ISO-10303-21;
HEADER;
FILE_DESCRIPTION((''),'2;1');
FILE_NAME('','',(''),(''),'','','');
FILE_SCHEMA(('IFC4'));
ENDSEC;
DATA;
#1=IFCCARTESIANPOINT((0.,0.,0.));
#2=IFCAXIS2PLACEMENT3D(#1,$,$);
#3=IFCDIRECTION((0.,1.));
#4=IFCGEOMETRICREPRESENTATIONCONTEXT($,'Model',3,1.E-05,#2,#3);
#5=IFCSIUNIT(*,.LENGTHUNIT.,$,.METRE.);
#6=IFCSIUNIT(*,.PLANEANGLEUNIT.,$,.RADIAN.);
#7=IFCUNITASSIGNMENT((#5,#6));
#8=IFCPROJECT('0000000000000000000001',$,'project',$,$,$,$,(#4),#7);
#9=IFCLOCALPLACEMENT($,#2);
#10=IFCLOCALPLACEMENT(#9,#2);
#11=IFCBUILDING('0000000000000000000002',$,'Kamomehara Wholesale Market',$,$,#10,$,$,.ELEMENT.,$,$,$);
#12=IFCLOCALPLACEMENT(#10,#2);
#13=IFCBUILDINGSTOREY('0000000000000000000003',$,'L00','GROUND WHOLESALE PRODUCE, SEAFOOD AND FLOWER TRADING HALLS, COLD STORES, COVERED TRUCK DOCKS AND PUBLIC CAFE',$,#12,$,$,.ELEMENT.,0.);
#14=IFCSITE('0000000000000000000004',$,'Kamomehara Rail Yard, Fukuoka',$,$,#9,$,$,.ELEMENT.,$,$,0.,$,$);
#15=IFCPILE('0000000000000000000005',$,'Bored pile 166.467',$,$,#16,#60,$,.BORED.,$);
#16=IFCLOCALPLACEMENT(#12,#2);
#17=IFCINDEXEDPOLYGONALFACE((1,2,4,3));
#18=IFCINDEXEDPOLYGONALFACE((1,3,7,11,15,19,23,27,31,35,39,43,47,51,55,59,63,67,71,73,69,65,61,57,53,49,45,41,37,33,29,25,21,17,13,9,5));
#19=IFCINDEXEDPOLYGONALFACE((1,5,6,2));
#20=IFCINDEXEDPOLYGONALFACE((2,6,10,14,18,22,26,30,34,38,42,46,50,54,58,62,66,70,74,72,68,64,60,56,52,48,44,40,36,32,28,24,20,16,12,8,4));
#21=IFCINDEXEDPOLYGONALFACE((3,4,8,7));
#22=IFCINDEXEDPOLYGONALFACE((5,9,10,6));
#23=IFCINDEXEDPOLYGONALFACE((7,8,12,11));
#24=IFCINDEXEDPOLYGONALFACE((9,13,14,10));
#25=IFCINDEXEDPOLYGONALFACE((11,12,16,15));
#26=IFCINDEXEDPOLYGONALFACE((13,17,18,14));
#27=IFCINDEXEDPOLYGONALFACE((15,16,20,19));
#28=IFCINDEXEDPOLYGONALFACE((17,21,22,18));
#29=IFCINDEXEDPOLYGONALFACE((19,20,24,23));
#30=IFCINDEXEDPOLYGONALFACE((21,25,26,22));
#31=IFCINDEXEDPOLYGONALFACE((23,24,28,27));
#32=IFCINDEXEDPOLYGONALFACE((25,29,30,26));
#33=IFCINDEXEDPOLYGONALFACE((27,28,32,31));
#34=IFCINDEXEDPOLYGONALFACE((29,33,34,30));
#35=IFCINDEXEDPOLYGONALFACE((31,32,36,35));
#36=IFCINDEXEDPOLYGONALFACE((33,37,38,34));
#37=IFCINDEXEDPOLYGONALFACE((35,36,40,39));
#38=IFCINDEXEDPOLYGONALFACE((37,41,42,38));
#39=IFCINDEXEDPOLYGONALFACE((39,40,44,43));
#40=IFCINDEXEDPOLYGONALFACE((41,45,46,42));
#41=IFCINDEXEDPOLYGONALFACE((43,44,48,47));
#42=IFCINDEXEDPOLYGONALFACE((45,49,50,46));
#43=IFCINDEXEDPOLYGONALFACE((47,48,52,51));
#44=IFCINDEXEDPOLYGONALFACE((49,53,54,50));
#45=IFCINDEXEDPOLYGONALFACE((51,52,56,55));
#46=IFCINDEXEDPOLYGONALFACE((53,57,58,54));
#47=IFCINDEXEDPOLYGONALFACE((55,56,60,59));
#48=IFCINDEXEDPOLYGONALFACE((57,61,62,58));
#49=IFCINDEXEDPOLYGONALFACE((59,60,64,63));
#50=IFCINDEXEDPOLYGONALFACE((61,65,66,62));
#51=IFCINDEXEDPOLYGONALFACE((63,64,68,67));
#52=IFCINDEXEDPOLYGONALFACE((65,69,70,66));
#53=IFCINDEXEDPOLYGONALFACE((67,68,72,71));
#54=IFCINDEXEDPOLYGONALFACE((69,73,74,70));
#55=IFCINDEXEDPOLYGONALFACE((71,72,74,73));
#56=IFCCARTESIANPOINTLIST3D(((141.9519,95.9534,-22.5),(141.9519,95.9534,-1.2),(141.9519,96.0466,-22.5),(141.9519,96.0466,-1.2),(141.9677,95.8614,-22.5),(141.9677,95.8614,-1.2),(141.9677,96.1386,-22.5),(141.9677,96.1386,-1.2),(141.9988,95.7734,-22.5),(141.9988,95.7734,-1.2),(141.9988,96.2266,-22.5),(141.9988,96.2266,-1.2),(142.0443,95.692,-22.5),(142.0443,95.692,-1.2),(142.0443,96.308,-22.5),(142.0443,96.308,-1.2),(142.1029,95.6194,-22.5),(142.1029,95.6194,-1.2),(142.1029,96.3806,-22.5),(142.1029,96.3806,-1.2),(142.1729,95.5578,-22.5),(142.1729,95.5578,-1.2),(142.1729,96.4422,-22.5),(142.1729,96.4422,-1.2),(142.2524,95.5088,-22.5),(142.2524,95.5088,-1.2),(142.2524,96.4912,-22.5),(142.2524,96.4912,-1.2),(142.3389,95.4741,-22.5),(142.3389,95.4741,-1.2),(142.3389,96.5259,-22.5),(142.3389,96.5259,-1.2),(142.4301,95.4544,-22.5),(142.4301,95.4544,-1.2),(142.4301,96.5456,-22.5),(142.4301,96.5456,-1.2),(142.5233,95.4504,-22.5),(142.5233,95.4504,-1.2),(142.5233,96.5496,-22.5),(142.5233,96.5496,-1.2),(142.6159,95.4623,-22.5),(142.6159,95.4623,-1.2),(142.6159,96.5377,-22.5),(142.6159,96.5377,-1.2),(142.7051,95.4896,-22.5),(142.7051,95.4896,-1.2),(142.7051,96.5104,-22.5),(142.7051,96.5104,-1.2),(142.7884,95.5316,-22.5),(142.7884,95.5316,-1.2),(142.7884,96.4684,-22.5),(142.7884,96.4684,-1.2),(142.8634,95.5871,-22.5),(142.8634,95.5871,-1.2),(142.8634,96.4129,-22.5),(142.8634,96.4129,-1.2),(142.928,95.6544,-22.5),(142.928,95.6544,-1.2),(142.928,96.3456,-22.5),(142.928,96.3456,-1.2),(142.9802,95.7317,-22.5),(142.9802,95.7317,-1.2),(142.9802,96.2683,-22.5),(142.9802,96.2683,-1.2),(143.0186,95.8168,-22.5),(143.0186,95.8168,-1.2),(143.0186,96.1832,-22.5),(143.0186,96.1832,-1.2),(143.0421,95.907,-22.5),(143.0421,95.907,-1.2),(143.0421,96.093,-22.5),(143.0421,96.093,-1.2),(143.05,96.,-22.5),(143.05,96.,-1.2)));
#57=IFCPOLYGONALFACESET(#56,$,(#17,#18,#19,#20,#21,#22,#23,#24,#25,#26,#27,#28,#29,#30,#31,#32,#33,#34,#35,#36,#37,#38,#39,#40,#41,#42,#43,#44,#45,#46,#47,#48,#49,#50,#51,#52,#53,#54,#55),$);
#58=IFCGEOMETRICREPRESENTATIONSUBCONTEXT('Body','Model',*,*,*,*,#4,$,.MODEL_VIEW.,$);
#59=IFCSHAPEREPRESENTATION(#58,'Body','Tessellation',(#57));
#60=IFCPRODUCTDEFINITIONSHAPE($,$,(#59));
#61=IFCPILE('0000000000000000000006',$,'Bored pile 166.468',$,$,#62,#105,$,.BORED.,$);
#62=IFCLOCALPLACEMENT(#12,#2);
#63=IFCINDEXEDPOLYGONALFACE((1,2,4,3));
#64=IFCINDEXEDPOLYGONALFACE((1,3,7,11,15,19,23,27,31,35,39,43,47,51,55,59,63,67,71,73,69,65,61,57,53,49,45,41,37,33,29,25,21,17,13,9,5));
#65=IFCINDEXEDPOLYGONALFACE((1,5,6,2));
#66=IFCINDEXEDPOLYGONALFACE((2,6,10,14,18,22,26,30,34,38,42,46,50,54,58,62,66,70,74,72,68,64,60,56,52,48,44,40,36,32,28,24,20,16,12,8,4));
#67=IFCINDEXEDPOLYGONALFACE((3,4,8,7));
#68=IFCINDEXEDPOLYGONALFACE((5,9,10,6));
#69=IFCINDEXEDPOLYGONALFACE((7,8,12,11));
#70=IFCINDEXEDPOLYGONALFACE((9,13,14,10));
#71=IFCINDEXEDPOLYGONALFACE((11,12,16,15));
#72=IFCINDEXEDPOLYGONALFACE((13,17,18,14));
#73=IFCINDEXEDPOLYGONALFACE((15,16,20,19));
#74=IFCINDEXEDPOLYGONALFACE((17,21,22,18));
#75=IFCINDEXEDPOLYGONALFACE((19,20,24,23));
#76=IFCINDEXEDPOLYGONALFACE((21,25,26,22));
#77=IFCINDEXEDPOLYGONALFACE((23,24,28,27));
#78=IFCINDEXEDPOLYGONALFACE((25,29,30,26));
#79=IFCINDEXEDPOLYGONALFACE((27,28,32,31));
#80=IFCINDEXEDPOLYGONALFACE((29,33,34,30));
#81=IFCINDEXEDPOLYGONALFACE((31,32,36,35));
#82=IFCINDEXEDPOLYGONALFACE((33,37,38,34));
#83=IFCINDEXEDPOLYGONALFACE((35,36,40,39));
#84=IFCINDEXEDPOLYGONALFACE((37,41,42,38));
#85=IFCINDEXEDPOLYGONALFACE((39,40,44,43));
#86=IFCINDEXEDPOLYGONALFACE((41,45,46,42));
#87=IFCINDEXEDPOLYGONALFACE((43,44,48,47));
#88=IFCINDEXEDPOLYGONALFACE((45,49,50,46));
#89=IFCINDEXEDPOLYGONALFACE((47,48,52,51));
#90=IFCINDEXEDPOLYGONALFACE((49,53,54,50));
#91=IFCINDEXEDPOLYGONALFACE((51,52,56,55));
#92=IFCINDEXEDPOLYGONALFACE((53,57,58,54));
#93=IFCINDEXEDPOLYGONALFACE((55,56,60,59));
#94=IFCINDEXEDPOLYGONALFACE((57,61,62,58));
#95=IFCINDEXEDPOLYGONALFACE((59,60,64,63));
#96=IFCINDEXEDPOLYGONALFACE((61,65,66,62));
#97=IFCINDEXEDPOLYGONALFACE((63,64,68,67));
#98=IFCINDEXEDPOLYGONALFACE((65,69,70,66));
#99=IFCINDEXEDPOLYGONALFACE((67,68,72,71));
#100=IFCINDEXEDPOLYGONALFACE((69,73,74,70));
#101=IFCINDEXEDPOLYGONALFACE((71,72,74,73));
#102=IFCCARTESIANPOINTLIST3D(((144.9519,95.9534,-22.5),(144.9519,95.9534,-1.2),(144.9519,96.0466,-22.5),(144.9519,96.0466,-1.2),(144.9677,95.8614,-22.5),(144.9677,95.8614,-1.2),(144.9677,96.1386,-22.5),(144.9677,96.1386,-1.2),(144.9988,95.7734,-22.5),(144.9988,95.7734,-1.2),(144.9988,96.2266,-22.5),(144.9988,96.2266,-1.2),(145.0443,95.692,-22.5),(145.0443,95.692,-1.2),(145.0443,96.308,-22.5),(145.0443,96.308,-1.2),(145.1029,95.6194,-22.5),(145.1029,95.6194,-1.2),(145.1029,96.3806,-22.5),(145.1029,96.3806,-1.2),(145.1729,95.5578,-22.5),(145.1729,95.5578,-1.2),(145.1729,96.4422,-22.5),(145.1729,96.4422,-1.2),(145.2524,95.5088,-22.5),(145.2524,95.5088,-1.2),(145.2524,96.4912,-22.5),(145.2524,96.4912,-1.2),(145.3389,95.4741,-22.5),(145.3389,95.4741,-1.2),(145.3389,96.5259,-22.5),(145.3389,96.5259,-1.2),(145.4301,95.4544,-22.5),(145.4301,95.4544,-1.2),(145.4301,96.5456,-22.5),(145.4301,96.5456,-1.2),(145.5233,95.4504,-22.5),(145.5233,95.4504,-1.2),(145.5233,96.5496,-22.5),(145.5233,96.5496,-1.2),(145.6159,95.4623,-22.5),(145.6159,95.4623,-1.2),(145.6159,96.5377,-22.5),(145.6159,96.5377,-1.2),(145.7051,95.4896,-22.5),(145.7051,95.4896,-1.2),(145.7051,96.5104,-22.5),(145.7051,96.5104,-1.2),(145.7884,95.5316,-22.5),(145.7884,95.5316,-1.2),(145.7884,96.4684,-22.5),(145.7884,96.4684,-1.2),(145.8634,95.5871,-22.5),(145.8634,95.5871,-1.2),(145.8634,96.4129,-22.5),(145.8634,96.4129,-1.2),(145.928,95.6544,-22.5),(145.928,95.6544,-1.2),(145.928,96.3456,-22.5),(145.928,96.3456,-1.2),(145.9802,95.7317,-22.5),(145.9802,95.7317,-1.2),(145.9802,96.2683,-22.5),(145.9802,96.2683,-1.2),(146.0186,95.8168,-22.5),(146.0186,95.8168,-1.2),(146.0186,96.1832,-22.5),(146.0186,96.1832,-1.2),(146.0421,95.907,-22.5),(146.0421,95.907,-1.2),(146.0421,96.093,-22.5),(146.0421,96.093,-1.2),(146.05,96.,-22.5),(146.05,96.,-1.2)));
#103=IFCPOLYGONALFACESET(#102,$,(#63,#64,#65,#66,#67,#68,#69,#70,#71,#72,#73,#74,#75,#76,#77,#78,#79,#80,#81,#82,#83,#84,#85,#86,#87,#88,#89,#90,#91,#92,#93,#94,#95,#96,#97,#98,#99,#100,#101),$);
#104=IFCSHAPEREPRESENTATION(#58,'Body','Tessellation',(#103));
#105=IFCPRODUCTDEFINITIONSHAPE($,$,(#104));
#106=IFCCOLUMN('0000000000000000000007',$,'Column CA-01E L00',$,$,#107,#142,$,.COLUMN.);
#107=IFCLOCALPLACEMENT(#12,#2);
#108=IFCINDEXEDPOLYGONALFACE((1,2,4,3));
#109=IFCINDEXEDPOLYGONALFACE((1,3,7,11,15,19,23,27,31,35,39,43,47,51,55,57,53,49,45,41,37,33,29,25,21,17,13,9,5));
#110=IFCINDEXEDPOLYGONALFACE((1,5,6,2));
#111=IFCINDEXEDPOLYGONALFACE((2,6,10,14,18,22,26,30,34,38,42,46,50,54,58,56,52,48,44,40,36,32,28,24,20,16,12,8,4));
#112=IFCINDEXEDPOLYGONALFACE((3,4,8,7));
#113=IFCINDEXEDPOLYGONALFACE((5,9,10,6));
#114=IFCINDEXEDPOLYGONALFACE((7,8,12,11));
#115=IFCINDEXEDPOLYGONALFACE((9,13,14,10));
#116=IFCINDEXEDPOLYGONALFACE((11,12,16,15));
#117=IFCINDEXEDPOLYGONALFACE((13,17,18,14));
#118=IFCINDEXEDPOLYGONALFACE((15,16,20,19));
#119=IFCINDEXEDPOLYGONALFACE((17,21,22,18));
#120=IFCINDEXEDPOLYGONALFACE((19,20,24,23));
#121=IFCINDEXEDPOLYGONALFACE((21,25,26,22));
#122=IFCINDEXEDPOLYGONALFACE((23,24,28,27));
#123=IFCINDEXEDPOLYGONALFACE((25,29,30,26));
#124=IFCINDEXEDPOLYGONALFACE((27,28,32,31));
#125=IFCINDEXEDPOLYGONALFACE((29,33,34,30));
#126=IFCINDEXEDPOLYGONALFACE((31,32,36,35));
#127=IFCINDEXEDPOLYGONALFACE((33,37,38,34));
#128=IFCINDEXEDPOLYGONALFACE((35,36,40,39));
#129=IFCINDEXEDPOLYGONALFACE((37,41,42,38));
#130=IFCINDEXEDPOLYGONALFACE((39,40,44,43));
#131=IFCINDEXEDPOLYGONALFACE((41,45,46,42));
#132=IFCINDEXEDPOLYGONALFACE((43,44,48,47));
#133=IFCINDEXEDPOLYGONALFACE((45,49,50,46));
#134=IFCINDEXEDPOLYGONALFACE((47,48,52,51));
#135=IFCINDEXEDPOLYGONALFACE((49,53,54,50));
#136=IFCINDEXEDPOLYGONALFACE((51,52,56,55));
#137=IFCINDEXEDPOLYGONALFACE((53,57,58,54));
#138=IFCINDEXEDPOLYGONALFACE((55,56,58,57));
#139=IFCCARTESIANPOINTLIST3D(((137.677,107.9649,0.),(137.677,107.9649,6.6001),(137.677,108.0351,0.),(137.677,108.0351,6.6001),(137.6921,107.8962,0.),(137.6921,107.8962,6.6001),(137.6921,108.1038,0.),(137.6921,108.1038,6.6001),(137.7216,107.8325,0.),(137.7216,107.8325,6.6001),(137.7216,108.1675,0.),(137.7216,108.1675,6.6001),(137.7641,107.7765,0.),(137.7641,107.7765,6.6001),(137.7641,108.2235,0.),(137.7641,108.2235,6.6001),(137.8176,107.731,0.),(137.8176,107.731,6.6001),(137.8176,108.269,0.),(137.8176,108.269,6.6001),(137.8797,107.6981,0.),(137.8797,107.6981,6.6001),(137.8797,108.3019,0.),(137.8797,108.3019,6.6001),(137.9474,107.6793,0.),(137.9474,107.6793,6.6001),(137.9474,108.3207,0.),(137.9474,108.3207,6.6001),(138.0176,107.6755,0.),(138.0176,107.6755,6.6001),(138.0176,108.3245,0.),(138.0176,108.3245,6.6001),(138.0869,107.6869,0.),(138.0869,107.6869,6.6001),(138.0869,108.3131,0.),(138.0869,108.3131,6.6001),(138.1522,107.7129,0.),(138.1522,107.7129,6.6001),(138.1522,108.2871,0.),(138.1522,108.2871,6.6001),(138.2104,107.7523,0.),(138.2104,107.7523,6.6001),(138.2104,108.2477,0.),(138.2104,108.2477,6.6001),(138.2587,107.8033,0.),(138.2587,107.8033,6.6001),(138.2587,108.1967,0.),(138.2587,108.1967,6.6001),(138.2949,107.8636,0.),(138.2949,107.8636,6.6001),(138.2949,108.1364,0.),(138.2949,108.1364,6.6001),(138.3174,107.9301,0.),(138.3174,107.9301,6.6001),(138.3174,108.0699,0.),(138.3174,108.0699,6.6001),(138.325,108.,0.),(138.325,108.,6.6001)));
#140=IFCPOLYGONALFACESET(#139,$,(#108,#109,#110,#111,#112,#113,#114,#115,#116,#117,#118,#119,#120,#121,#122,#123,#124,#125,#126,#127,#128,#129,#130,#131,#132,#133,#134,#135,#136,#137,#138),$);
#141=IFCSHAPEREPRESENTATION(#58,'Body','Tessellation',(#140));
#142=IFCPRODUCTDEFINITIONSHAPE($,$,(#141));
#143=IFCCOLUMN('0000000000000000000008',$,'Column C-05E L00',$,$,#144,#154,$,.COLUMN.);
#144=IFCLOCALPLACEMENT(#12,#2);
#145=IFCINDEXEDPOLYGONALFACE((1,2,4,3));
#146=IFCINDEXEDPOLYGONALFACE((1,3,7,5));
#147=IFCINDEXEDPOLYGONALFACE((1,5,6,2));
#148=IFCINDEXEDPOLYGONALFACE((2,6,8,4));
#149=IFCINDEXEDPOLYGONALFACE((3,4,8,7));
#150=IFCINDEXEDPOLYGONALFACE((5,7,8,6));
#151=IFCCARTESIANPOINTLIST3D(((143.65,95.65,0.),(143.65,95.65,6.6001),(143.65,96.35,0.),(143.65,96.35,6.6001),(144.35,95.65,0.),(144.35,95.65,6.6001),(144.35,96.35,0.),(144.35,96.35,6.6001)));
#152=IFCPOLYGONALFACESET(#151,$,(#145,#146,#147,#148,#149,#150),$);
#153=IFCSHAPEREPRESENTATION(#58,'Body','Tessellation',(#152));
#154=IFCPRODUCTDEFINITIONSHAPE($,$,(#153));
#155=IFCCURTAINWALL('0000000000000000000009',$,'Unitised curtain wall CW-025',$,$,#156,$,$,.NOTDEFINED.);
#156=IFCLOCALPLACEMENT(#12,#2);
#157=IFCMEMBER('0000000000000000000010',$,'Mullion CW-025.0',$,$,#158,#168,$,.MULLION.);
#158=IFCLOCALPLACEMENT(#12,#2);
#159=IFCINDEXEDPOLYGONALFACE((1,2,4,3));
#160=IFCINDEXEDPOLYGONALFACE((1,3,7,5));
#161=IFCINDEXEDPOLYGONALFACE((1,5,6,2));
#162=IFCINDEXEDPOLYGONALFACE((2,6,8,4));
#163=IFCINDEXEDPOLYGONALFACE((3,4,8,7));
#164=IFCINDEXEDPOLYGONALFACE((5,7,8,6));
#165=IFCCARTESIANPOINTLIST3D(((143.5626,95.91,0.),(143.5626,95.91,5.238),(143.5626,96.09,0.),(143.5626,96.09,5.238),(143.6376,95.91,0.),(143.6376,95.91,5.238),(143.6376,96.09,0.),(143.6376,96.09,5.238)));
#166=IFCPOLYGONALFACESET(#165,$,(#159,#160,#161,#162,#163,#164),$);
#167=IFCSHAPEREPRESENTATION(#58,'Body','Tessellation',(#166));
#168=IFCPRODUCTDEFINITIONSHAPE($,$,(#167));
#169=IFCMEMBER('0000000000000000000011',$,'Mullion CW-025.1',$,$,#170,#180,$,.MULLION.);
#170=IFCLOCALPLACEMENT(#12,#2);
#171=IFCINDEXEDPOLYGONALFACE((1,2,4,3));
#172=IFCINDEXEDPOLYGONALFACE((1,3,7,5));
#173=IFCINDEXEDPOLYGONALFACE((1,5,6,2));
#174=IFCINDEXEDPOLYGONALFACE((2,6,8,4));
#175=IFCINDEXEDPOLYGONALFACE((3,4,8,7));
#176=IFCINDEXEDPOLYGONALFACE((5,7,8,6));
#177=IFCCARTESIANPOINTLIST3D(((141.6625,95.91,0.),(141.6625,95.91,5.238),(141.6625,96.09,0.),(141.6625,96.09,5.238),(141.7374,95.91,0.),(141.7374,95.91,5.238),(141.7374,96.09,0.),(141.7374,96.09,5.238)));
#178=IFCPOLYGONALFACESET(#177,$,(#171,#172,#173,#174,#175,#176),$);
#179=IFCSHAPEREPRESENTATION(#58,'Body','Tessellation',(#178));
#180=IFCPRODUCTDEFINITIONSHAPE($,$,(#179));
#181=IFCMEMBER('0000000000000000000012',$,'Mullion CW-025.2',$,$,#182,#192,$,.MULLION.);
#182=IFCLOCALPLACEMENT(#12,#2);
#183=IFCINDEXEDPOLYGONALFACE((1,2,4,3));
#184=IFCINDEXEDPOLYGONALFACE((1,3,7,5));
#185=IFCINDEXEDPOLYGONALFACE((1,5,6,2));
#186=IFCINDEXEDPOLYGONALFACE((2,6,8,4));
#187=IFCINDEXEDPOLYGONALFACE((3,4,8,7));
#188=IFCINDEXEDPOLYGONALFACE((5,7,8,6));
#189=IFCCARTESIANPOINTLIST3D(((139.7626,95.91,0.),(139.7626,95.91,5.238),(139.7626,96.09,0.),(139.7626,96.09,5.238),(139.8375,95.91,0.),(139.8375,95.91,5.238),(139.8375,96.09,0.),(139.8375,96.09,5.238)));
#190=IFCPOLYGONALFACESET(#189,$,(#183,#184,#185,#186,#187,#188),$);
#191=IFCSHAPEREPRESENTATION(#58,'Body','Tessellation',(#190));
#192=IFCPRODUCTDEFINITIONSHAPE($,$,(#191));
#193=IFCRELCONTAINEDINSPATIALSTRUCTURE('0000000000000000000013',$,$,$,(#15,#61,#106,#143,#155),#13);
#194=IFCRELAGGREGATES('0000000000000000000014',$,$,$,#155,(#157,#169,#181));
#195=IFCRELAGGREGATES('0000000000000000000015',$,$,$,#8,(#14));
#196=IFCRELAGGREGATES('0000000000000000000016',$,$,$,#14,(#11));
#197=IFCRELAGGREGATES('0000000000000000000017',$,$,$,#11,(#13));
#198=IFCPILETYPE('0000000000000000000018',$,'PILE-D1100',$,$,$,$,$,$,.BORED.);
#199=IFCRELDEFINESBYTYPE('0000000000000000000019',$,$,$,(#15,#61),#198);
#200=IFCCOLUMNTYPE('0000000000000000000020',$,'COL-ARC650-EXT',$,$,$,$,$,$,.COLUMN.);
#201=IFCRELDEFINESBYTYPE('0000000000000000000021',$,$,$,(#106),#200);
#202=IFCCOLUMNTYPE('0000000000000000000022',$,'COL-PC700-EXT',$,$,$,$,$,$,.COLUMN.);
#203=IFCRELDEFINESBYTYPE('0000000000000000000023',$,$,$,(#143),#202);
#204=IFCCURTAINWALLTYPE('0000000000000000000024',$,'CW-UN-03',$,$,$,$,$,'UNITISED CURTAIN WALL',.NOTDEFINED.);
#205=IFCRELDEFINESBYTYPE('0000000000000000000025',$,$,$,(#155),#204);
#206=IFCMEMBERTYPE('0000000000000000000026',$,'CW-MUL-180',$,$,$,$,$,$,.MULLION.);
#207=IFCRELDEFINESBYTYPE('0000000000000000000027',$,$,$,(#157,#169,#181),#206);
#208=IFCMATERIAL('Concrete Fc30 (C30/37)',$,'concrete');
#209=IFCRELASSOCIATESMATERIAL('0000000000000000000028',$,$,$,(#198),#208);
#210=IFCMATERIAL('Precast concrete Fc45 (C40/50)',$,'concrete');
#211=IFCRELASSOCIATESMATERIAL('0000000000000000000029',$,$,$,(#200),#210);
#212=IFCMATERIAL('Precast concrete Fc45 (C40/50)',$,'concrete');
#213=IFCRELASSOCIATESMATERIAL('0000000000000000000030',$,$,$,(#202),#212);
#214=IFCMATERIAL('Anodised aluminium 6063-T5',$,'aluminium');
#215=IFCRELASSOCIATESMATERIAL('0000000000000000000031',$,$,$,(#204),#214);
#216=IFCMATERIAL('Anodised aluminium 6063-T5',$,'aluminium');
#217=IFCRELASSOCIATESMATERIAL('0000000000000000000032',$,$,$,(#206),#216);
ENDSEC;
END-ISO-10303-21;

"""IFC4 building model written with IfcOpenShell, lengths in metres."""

from ifc_helpers import new_model, si_unit, direction, frame, origin, origin_2d, place, context, subcontext, project, spatial, rectangle, circle, extrude, material, material_profile, profile_set, type_object, element, aggregate, save


model = new_model("IFC4")

# Units and contexts
model_context = context("Model", 3, precision=1e-05, world=origin(), true_north=direction((0.0, 1.0)))
body_context = subcontext(model_context, "Body", "Model", "MODEL_VIEW")
ifc_project = project(units=[si_unit("LENGTHUNIT", "METRE"), si_unit("PLANEANGLEUNIT", "RADIAN")], contexts=[model_context])

# Site, building, storey
site_placement = place(None, origin())
site = spatial("IfcSite", under=ifc_project, at=site_placement, Name="Kamomehara Rail Yard, Fukuoka", CompositionType="ELEMENT", RefElevation=0.0)
building_placement = place(site_placement, origin())
building = spatial("IfcBuilding", under=site, at=building_placement, Name="Kamomehara Wholesale Market", CompositionType="ELEMENT")
storey_placement = place(building_placement, origin())
storey = spatial("IfcBuildingStorey", under=building, at=storey_placement, Name="L00", Description="GROUND WHOLESALE PRODUCE, SEAFOOD AND FLOWER TRADING HALLS, COLD STORES, COVERED TRUCK DOCKS AND PUBLIC CAFE", CompositionType="ELEMENT", Elevation=0.0)

# Piles
ifc_material_1 = material(Name="Concrete Fc30 (C30/37)", Category="concrete")
ifc_material_profile_1 = material_profile(ifc_material_1, circle(Radius=0.55, at=origin_2d()), Name="RC-PILE-D1100")
ifc_profile_set_1 = profile_set([ifc_material_profile_1], Name="Concrete Fc30 (C30/37)")
pile_type_1 = type_object("IfcPileType", Name="PILE-D1100", PredefinedType="BORED", material=ifc_profile_set_1)
for number, where, z_axis, x_axis, name in (
    (1, (142.5, 96.0, -1.2), (0.0, 0.0, -1.0), (1.0, 0.0, 0.0), "Bored pile 166.467"),
    (2, (145.5, 96.0, -1.2), (0.0, 0.0, -1.0), (1.0, 0.0, 0.0), "Bored pile 166.468"),
):
    element("IfcPile", number, at=place(storey_placement, frame(where, z_axis=z_axis, x_axis=x_axis)), inside=storey, type_object=pile_type_1, Name=name, PredefinedType="BORED", context=body_context, shape_type="SweptSolid", body=[
        extrude(circle(Radius=0.55, at=origin_2d()), origin(), (0.0, 0.0, 1.0), 21.3),
    ])

# Columns
ifc_material_2 = material(Name="Precast concrete Fc45 (C40/50)", Category="concrete")
ifc_material_profile_2 = material_profile(ifc_material_2, circle(Radius=0.325, at=origin_2d()), Name="PC-ARC-D650")
ifc_profile_set_2 = profile_set([ifc_material_profile_2], Name="Precast concrete Fc45 (C40/50)")
column_type_1 = type_object("IfcColumnType", Name="COL-ARC650-EXT", PredefinedType="COLUMN", material=ifc_profile_set_2)
column_1_placement = place(storey_placement, frame((138.0, 108.0, 0.0), z_axis=(0.0, 0.0, 1.0), x_axis=(1.0, 0.0, 0.0)))
element("IfcColumn", 3, at=column_1_placement, inside=storey, type_object=column_type_1, Name="Column CA-01E L00", PredefinedType="COLUMN", context=body_context, shape_type="SweptSolid", body=[
    extrude(circle(Radius=0.325, at=origin_2d()), origin(), (0.0, 0.0, 1.0), 6.6001),
])
ifc_material_3 = material(Name="Precast concrete Fc45 (C40/50)", Category="concrete")
ifc_material_profile_3 = material_profile(ifc_material_3, rectangle(XDim=0.7, YDim=0.7, at=origin_2d()), Name="PC-COL-700x700")
ifc_profile_set_3 = profile_set([ifc_material_profile_3], Name="Precast concrete Fc45 (C40/50)")
column_type_2 = type_object("IfcColumnType", Name="COL-PC700-EXT", PredefinedType="COLUMN", material=ifc_profile_set_3)
column_2_placement = place(storey_placement, frame((144.0, 96.0, 0.0), z_axis=(0.0, 0.0, 1.0), x_axis=(1.0, 0.0, 0.0)))
element("IfcColumn", 4, at=column_2_placement, inside=storey, type_object=column_type_2, Name="Column C-05E L00", PredefinedType="COLUMN", context=body_context, shape_type="SweptSolid", body=[
    extrude(rectangle(XDim=0.7, YDim=0.7, at=origin_2d()), origin(), (0.0, 0.0, 1.0), 6.6001),
])

# Curtain wall, members
ifc_material_4 = material(Name="Anodised aluminium 6063-T5", Category="aluminium")
curtain_wall_type = type_object("IfcCurtainWallType", Name="CW-UN-03", ElementType="UNITISED CURTAIN WALL", PredefinedType="NOTDEFINED", material=ifc_material_4)
curtain_wall_1_placement = place(storey_placement, origin())
curtain_wall_1 = element("IfcCurtainWall", 5, at=curtain_wall_1_placement, inside=storey, type_object=curtain_wall_type, Name="Unitised curtain wall CW-025", PredefinedType="NOTDEFINED")
ifc_material_5 = material(Name="Anodised aluminium 6063-T5", Category="aluminium")
ifc_material_profile_4 = material_profile(ifc_material_5, rectangle(XDim=0.075, YDim=0.1799, at=origin_2d()), Name="ALU-MUL-75x180")
ifc_profile_set_4 = profile_set([ifc_material_profile_4], Name="Anodised aluminium 6063-T5")
member_type_1 = type_object("IfcMemberType", Name="CW-MUL-180", PredefinedType="MULLION", material=ifc_profile_set_4)
member_1_placement = place(storey_placement, frame((143.6001, 96.0, 0.0), z_axis=(0.0, 0.0, 1.0), x_axis=(-1.0, 0.0, 0.0)))
member_1 = element("IfcMember", 6, at=member_1_placement, type_object=member_type_1, Name="Mullion CW-025.0", PredefinedType="MULLION", context=body_context, shape_type="SweptSolid", body=[
    extrude(rectangle(XDim=0.075, YDim=0.1799, at=origin_2d()), origin(), (0.0, 0.0, 1.0), 5.238),
])
member_2_placement = place(storey_placement, frame((141.7, 96.0, 0.0), z_axis=(0.0, 0.0, 1.0), x_axis=(-1.0, 0.0, 0.0)))
member_2 = element("IfcMember", 7, at=member_2_placement, type_object=member_type_1, Name="Mullion CW-025.1", PredefinedType="MULLION", context=body_context, shape_type="SweptSolid", body=[
    extrude(rectangle(XDim=0.075, YDim=0.1799, at=origin_2d()), origin(), (0.0, 0.0, 1.0), 5.238),
])
member_3_placement = place(storey_placement, frame((139.8, 96.0, 0.0), z_axis=(0.0, 0.0, 1.0), x_axis=(-1.0, 0.0, 0.0)))
member_3 = element("IfcMember", 8, at=member_3_placement, type_object=member_type_1, Name="Mullion CW-025.2", PredefinedType="MULLION", context=body_context, shape_type="SweptSolid", body=[
    extrude(rectangle(XDim=0.075, YDim=0.1799, at=origin_2d()), origin(), (0.0, 0.0, 1.0), 5.238),
])

aggregate(curtain_wall_1, [member_1, member_2, member_3])

save(model, "model.ifc")
